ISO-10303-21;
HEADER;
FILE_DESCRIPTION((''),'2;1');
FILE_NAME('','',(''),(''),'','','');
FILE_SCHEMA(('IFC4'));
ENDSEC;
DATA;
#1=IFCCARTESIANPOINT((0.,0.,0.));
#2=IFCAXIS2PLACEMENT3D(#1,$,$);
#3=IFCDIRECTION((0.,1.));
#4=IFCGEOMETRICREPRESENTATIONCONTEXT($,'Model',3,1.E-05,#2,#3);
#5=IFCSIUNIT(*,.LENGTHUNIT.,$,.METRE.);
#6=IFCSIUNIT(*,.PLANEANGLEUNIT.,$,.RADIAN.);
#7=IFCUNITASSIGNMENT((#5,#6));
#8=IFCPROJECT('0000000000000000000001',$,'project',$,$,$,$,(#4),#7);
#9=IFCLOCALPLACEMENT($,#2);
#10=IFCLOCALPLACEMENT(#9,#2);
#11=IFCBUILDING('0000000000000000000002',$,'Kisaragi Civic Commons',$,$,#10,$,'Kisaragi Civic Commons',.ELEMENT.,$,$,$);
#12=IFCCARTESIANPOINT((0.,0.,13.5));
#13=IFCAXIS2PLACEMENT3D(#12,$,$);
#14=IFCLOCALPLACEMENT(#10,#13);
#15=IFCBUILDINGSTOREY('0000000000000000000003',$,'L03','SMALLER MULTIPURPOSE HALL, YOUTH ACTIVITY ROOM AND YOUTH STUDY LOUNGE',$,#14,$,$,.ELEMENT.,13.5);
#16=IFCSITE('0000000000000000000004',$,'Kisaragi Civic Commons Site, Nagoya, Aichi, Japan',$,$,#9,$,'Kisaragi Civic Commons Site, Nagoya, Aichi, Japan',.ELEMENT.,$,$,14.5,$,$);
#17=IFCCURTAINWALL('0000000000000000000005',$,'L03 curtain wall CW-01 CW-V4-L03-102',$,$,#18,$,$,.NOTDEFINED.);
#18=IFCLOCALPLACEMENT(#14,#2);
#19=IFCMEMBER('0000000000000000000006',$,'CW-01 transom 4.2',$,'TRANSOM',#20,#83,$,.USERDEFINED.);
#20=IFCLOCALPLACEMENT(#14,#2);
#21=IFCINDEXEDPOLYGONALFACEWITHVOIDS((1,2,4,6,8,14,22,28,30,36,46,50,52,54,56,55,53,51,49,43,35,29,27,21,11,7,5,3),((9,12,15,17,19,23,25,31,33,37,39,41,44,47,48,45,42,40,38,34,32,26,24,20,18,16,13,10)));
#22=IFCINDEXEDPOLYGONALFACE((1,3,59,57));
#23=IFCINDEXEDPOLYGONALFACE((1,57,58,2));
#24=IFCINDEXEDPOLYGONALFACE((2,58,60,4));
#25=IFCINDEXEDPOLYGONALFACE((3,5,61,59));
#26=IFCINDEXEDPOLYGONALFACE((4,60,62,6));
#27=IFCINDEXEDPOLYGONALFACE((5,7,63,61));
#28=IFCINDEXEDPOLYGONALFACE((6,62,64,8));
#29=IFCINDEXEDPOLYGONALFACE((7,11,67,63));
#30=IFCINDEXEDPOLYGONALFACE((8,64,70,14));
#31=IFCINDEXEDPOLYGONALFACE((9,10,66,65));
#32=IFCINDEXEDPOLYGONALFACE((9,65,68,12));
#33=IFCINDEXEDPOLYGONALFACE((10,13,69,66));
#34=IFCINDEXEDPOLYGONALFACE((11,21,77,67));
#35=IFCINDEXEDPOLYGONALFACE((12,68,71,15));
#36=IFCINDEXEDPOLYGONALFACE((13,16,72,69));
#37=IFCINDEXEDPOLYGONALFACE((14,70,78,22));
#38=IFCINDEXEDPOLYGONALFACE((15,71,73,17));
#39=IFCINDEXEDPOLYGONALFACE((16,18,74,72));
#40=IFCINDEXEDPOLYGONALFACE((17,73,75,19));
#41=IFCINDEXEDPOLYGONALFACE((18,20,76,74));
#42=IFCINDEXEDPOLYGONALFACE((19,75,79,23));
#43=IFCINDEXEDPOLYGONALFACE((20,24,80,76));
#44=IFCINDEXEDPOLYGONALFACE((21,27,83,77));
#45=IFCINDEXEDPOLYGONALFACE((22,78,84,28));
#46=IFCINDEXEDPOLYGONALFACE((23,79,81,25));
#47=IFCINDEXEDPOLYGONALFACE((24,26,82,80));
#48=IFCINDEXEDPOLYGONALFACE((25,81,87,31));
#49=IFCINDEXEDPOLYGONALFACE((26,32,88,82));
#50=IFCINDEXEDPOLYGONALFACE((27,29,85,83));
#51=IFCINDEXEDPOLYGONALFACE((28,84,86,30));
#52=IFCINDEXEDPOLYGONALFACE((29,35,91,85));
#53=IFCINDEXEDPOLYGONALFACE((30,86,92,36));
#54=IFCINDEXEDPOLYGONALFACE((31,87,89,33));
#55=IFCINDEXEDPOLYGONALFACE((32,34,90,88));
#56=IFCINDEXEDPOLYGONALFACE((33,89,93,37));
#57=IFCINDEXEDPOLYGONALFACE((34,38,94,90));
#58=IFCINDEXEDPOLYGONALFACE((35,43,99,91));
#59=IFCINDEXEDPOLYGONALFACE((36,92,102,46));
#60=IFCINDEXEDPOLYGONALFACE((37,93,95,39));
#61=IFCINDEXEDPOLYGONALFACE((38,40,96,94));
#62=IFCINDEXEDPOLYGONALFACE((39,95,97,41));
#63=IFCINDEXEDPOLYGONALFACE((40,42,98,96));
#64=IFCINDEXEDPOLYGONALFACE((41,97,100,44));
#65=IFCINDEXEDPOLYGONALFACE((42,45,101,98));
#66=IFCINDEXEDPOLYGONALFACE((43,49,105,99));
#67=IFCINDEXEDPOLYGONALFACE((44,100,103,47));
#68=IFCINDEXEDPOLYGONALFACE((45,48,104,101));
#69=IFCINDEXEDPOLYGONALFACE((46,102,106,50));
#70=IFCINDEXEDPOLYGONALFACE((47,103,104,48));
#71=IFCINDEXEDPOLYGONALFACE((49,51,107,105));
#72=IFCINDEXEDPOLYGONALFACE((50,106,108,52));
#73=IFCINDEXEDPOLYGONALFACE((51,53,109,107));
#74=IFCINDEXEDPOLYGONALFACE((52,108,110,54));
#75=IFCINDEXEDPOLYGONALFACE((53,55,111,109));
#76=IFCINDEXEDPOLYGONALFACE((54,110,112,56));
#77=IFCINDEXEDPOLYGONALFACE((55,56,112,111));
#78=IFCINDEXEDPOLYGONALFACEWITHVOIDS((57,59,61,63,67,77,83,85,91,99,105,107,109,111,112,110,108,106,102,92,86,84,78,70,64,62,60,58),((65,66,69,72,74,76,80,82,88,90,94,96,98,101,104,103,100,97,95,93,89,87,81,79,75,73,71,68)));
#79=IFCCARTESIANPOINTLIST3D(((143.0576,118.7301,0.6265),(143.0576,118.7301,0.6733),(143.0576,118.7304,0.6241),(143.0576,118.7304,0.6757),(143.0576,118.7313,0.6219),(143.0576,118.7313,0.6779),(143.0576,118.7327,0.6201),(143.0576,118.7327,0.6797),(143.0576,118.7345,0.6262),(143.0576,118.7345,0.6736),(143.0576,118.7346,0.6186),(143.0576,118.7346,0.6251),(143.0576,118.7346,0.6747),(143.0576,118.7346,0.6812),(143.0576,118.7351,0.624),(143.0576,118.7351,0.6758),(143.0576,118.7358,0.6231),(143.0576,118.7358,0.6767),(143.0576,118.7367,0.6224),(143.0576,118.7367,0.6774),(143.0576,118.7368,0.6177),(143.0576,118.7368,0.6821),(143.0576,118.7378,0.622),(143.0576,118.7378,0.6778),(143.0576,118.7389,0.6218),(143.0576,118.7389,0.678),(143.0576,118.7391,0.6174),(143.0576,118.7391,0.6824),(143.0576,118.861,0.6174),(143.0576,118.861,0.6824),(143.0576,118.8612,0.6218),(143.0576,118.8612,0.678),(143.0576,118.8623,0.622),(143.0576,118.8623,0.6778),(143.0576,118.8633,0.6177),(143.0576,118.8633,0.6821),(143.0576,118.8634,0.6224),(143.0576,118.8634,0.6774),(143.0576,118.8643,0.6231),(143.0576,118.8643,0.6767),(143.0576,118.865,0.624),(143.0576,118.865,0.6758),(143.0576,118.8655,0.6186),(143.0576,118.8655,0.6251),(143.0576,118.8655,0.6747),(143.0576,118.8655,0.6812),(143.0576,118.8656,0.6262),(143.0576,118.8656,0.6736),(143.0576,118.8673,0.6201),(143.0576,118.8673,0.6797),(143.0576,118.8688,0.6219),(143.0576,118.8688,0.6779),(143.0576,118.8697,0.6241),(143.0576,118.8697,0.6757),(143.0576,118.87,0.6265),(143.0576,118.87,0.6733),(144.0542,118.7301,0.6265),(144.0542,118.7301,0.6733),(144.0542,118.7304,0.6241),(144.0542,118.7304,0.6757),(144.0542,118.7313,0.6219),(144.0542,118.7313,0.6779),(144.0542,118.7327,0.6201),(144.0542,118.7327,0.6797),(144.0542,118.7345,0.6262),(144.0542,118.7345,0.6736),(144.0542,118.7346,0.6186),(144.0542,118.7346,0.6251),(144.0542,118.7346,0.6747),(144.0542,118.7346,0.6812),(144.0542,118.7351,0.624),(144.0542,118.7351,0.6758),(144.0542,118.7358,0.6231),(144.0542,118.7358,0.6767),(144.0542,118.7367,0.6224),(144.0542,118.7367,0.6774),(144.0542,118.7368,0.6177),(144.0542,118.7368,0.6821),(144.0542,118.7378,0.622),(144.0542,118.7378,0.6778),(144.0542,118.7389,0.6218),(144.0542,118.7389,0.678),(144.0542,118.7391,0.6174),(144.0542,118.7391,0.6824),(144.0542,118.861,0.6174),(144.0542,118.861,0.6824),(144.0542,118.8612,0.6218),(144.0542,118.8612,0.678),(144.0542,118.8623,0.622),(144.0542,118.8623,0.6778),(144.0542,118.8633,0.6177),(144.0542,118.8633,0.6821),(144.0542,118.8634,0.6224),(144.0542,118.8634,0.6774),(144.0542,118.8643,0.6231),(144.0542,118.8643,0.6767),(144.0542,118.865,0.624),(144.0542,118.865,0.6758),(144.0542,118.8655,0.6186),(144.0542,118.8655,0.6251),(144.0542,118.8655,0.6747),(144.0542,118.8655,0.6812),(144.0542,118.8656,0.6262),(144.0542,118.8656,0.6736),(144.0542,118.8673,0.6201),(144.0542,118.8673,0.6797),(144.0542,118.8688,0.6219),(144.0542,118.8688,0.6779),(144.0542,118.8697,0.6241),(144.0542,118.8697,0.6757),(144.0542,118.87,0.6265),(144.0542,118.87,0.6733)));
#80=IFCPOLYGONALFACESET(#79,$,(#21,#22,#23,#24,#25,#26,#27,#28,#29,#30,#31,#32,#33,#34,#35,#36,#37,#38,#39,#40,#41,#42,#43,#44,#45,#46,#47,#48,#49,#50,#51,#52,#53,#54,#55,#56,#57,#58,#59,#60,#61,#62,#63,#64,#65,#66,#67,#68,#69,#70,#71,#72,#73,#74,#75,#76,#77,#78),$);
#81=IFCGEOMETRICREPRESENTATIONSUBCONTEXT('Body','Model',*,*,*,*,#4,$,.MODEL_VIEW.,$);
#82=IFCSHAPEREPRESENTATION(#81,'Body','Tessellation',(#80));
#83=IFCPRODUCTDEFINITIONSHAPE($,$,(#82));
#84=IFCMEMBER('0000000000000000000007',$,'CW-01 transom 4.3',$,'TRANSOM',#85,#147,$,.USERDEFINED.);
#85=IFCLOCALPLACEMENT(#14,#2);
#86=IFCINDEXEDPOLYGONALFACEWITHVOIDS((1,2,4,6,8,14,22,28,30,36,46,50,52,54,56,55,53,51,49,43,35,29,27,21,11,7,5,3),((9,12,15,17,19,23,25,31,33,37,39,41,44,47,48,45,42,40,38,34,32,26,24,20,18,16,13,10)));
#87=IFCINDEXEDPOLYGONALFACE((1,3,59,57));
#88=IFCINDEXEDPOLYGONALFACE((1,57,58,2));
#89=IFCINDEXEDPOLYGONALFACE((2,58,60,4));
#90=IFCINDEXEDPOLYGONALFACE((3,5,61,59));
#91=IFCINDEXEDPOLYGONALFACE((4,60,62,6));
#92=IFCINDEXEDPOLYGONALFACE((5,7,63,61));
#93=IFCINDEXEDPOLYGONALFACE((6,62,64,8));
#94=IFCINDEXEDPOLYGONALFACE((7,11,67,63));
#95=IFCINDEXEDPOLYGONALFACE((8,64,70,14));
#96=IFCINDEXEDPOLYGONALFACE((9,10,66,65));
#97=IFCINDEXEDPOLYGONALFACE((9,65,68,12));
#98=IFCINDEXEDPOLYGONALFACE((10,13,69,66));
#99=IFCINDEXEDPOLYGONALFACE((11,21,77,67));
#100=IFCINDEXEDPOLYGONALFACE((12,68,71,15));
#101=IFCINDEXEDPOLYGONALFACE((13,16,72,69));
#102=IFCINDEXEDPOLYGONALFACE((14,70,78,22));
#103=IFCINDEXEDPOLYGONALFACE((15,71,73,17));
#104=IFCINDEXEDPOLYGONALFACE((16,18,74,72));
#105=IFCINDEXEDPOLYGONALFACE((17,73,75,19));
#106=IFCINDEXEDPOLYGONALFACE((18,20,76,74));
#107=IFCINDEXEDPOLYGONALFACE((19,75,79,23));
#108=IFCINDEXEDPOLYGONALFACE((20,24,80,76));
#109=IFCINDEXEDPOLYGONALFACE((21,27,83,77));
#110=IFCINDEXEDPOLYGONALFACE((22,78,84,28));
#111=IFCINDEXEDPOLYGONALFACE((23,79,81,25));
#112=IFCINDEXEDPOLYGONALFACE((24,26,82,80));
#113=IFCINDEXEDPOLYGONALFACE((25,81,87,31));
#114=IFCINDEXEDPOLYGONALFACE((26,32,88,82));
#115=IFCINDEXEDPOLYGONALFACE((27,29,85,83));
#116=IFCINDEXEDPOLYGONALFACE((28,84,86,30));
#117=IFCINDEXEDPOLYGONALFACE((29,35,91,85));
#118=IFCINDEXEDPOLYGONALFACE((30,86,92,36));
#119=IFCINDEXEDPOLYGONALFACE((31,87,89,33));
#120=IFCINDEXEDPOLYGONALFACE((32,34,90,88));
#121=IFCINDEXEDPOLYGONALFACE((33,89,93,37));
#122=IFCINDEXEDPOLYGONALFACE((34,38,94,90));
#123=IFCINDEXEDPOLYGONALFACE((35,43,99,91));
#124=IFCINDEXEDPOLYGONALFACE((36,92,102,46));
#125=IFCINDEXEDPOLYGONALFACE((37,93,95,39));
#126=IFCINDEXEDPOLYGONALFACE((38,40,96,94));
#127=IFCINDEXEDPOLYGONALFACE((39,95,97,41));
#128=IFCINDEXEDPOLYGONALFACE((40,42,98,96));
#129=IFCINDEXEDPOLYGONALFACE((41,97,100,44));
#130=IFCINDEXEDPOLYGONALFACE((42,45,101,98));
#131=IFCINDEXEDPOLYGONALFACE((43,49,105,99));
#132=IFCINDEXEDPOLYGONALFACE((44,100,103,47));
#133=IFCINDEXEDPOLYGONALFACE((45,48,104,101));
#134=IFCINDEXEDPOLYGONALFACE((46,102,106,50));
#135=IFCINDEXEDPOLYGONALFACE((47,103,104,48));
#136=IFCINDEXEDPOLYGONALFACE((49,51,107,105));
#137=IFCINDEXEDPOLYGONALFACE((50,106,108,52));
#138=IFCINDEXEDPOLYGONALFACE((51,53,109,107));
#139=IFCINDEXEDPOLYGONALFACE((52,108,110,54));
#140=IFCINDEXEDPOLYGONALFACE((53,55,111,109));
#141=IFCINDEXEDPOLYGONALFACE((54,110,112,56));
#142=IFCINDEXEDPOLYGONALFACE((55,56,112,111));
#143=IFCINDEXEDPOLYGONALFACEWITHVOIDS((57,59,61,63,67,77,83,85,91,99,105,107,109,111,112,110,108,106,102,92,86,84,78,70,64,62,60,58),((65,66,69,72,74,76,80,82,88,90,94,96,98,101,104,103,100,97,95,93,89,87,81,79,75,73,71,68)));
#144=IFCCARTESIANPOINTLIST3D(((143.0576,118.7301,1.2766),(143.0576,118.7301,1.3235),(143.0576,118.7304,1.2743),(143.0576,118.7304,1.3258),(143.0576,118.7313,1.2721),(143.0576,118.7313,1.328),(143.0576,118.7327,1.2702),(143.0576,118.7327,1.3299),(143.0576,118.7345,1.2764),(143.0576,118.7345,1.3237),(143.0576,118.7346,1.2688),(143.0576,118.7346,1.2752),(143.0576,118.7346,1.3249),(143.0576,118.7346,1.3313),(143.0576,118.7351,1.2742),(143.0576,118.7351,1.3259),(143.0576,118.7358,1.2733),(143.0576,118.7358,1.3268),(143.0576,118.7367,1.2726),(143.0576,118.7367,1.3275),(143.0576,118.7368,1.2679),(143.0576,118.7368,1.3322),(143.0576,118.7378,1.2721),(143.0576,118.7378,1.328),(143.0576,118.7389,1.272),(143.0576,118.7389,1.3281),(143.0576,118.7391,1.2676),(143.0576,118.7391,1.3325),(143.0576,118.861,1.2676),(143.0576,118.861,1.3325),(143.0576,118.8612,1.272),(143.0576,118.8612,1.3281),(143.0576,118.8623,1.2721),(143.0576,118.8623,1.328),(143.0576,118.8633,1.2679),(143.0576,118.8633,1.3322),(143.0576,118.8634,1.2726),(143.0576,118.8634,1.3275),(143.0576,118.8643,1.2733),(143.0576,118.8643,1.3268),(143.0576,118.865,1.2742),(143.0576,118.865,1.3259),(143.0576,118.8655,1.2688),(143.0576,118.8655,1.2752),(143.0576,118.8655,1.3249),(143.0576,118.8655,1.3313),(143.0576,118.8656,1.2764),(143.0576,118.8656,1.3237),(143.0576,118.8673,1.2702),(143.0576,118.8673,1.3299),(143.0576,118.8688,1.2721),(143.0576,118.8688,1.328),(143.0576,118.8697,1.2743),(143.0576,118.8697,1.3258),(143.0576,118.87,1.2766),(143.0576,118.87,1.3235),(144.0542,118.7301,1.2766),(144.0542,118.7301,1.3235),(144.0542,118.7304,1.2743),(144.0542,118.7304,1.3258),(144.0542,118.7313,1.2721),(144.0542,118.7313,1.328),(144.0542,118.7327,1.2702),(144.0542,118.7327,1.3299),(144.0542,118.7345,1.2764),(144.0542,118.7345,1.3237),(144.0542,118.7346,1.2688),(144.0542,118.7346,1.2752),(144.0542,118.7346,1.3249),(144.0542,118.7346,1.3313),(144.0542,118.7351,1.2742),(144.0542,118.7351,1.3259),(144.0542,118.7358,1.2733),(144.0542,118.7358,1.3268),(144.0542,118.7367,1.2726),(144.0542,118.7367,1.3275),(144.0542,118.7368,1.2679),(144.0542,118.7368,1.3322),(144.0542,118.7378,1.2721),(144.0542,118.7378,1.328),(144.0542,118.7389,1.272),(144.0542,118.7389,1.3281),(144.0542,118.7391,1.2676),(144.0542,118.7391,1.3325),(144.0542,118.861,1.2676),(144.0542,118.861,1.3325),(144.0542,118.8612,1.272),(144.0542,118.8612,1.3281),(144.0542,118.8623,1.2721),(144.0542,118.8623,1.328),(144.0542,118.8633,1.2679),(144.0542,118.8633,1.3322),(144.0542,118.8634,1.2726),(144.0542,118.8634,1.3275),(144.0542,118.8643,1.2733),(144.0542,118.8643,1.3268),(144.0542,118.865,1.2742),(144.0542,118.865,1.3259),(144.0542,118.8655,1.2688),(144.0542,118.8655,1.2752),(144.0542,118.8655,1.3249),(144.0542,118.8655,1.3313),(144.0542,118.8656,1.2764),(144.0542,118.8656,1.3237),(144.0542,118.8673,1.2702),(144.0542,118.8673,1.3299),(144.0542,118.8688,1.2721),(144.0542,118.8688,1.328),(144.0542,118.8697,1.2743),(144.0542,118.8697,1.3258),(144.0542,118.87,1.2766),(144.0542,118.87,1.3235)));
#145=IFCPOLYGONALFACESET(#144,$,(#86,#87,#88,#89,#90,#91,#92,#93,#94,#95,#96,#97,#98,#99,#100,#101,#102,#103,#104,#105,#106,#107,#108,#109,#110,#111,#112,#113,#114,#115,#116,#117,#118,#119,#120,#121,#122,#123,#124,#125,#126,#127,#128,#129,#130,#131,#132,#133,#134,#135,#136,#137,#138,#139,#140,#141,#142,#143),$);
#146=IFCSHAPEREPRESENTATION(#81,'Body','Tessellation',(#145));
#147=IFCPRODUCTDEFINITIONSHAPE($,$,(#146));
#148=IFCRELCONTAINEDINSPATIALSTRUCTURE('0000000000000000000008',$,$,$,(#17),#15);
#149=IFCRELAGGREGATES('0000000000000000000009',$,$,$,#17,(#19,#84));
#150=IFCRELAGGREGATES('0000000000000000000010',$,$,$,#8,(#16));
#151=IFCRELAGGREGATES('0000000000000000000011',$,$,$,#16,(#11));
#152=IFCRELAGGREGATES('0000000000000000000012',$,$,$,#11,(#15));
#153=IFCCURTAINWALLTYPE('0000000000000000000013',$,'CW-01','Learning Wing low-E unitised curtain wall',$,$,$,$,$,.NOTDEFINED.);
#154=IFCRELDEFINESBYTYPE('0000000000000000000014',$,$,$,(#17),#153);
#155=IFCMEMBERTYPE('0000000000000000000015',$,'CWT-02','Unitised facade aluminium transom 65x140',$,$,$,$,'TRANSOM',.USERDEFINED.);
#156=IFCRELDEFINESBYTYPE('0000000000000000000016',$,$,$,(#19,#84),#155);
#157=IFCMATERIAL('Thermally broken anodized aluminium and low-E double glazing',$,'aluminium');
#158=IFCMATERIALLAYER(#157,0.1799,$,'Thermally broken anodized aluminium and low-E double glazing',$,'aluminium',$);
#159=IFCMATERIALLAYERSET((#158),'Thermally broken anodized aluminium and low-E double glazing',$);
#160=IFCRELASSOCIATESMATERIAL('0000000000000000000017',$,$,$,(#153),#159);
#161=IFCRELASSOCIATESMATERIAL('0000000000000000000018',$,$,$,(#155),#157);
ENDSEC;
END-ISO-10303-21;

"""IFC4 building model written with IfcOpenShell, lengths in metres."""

from ifc_helpers import new_model, si_unit, direction, frame, origin, origin_2d, place, context, subcontext, project, spatial, hollow_rectangle, extrude, material, layer, layer_set, material_profile, profile_set, type_object, element, aggregate, save


model = new_model("IFC4")

# Units and contexts
model_context = context("Model", 3, precision=1e-05, world=origin(), true_north=direction((0.0, 1.0)))
body_context = subcontext(model_context, "Body", "Model", "MODEL_VIEW")
ifc_project = project(units=[si_unit("LENGTHUNIT", "METRE"), si_unit("PLANEANGLEUNIT", "RADIAN")], contexts=[model_context])

# Site, building, storey
site_placement = place(None, origin())
site = spatial("IfcSite", under=ifc_project, at=site_placement, Name="Kisaragi Civic Commons Site, Nagoya, Aichi, Japan", LongName="Kisaragi Civic Commons Site, Nagoya, Aichi, Japan", CompositionType="ELEMENT", RefElevation=14.5)
building_placement = place(site_placement, origin())
building = spatial("IfcBuilding", under=site, at=building_placement, Name="Kisaragi Civic Commons", LongName="Kisaragi Civic Commons", CompositionType="ELEMENT")
storey_placement = place(building_placement, frame((0.0, 0.0, 13.5)))
storey = spatial("IfcBuildingStorey", under=building, at=storey_placement, Name="L03", Description="SMALLER MULTIPURPOSE HALL, YOUTH ACTIVITY ROOM AND YOUTH STUDY LOUNGE", CompositionType="ELEMENT", Elevation=13.5)

# Curtain wall, members
ifc_material = material(Name="Thermally broken anodized aluminium and low-E double glazing", Category="aluminium")
ifc_layer_1 = layer(ifc_material, 0.1799, Name="Thermally broken anodized aluminium and low-E double glazing", Category="aluminium")
ifc_layer_set_1 = layer_set([ifc_layer_1], Name="Thermally broken anodized aluminium and low-E double glazing")
curtain_wall_type = type_object("IfcCurtainWallType", Name="CW-01", Description="Learning Wing low-E unitised curtain wall", PredefinedType="NOTDEFINED", material=ifc_layer_set_1)
curtain_wall_placement = place(storey_placement, origin())
curtain_wall = element("IfcCurtainWall", 1, at=curtain_wall_placement, inside=storey, type_object=curtain_wall_type, Name="L03 curtain wall CW-01 CW-V4-L03-102", PredefinedType="NOTDEFINED")
ifc_material_profile_1 = material_profile(ifc_material, hollow_rectangle(XDim=0.1399, YDim=0.0649, WallThickness=0.0044, InnerFilletRadius=0.0044, OuterFilletRadius=0.009, at=origin_2d()), Name="CWT-65x140x4.5", Category="aluminium")
ifc_profile_set_1 = profile_set([ifc_material_profile_1], Name="Thermally broken anodized aluminium and low-E double glazing")
member_type_1 = type_object("IfcMemberType", Name="CWT-02", Description="Unitised facade aluminium transom 65x140", ElementType="TRANSOM", PredefinedType="USERDEFINED", material=ifc_profile_set_1)
member_1_placement = place(storey_placement, frame((143.0576, 118.8, 0.6499), z_axis=(1.0, 0.0, 0.0), x_axis=(0.0, 1.0, 0.0)))
member_1 = element("IfcMember", 2, at=member_1_placement, type_object=member_type_1, Name="CW-01 transom 4.2", ObjectType="TRANSOM", PredefinedType="USERDEFINED", context=body_context, shape_type="SweptSolid", body=[
    extrude(hollow_rectangle(XDim=0.1399, YDim=0.0649, WallThickness=0.0044, InnerFilletRadius=0.0044, OuterFilletRadius=0.009, at=origin_2d()), origin(), (0.0, 0.0, 1.0), 0.9966),
])
member_2_placement = place(storey_placement, frame((143.0576, 118.8, 1.3), z_axis=(1.0, 0.0, 0.0), x_axis=(0.0, 1.0, 0.0)))
member_2 = element("IfcMember", 3, at=member_2_placement, type_object=member_type_1, Name="CW-01 transom 4.3", ObjectType="TRANSOM", PredefinedType="USERDEFINED", context=body_context, shape_type="SweptSolid", body=[
    extrude(hollow_rectangle(XDim=0.1399, YDim=0.0649, WallThickness=0.0044, InnerFilletRadius=0.0044, OuterFilletRadius=0.009, at=origin_2d()), origin(), (0.0, 0.0, 1.0), 0.9966),
])
aggregate(curtain_wall, [member_1, member_2])

save(model, "model.ifc")
